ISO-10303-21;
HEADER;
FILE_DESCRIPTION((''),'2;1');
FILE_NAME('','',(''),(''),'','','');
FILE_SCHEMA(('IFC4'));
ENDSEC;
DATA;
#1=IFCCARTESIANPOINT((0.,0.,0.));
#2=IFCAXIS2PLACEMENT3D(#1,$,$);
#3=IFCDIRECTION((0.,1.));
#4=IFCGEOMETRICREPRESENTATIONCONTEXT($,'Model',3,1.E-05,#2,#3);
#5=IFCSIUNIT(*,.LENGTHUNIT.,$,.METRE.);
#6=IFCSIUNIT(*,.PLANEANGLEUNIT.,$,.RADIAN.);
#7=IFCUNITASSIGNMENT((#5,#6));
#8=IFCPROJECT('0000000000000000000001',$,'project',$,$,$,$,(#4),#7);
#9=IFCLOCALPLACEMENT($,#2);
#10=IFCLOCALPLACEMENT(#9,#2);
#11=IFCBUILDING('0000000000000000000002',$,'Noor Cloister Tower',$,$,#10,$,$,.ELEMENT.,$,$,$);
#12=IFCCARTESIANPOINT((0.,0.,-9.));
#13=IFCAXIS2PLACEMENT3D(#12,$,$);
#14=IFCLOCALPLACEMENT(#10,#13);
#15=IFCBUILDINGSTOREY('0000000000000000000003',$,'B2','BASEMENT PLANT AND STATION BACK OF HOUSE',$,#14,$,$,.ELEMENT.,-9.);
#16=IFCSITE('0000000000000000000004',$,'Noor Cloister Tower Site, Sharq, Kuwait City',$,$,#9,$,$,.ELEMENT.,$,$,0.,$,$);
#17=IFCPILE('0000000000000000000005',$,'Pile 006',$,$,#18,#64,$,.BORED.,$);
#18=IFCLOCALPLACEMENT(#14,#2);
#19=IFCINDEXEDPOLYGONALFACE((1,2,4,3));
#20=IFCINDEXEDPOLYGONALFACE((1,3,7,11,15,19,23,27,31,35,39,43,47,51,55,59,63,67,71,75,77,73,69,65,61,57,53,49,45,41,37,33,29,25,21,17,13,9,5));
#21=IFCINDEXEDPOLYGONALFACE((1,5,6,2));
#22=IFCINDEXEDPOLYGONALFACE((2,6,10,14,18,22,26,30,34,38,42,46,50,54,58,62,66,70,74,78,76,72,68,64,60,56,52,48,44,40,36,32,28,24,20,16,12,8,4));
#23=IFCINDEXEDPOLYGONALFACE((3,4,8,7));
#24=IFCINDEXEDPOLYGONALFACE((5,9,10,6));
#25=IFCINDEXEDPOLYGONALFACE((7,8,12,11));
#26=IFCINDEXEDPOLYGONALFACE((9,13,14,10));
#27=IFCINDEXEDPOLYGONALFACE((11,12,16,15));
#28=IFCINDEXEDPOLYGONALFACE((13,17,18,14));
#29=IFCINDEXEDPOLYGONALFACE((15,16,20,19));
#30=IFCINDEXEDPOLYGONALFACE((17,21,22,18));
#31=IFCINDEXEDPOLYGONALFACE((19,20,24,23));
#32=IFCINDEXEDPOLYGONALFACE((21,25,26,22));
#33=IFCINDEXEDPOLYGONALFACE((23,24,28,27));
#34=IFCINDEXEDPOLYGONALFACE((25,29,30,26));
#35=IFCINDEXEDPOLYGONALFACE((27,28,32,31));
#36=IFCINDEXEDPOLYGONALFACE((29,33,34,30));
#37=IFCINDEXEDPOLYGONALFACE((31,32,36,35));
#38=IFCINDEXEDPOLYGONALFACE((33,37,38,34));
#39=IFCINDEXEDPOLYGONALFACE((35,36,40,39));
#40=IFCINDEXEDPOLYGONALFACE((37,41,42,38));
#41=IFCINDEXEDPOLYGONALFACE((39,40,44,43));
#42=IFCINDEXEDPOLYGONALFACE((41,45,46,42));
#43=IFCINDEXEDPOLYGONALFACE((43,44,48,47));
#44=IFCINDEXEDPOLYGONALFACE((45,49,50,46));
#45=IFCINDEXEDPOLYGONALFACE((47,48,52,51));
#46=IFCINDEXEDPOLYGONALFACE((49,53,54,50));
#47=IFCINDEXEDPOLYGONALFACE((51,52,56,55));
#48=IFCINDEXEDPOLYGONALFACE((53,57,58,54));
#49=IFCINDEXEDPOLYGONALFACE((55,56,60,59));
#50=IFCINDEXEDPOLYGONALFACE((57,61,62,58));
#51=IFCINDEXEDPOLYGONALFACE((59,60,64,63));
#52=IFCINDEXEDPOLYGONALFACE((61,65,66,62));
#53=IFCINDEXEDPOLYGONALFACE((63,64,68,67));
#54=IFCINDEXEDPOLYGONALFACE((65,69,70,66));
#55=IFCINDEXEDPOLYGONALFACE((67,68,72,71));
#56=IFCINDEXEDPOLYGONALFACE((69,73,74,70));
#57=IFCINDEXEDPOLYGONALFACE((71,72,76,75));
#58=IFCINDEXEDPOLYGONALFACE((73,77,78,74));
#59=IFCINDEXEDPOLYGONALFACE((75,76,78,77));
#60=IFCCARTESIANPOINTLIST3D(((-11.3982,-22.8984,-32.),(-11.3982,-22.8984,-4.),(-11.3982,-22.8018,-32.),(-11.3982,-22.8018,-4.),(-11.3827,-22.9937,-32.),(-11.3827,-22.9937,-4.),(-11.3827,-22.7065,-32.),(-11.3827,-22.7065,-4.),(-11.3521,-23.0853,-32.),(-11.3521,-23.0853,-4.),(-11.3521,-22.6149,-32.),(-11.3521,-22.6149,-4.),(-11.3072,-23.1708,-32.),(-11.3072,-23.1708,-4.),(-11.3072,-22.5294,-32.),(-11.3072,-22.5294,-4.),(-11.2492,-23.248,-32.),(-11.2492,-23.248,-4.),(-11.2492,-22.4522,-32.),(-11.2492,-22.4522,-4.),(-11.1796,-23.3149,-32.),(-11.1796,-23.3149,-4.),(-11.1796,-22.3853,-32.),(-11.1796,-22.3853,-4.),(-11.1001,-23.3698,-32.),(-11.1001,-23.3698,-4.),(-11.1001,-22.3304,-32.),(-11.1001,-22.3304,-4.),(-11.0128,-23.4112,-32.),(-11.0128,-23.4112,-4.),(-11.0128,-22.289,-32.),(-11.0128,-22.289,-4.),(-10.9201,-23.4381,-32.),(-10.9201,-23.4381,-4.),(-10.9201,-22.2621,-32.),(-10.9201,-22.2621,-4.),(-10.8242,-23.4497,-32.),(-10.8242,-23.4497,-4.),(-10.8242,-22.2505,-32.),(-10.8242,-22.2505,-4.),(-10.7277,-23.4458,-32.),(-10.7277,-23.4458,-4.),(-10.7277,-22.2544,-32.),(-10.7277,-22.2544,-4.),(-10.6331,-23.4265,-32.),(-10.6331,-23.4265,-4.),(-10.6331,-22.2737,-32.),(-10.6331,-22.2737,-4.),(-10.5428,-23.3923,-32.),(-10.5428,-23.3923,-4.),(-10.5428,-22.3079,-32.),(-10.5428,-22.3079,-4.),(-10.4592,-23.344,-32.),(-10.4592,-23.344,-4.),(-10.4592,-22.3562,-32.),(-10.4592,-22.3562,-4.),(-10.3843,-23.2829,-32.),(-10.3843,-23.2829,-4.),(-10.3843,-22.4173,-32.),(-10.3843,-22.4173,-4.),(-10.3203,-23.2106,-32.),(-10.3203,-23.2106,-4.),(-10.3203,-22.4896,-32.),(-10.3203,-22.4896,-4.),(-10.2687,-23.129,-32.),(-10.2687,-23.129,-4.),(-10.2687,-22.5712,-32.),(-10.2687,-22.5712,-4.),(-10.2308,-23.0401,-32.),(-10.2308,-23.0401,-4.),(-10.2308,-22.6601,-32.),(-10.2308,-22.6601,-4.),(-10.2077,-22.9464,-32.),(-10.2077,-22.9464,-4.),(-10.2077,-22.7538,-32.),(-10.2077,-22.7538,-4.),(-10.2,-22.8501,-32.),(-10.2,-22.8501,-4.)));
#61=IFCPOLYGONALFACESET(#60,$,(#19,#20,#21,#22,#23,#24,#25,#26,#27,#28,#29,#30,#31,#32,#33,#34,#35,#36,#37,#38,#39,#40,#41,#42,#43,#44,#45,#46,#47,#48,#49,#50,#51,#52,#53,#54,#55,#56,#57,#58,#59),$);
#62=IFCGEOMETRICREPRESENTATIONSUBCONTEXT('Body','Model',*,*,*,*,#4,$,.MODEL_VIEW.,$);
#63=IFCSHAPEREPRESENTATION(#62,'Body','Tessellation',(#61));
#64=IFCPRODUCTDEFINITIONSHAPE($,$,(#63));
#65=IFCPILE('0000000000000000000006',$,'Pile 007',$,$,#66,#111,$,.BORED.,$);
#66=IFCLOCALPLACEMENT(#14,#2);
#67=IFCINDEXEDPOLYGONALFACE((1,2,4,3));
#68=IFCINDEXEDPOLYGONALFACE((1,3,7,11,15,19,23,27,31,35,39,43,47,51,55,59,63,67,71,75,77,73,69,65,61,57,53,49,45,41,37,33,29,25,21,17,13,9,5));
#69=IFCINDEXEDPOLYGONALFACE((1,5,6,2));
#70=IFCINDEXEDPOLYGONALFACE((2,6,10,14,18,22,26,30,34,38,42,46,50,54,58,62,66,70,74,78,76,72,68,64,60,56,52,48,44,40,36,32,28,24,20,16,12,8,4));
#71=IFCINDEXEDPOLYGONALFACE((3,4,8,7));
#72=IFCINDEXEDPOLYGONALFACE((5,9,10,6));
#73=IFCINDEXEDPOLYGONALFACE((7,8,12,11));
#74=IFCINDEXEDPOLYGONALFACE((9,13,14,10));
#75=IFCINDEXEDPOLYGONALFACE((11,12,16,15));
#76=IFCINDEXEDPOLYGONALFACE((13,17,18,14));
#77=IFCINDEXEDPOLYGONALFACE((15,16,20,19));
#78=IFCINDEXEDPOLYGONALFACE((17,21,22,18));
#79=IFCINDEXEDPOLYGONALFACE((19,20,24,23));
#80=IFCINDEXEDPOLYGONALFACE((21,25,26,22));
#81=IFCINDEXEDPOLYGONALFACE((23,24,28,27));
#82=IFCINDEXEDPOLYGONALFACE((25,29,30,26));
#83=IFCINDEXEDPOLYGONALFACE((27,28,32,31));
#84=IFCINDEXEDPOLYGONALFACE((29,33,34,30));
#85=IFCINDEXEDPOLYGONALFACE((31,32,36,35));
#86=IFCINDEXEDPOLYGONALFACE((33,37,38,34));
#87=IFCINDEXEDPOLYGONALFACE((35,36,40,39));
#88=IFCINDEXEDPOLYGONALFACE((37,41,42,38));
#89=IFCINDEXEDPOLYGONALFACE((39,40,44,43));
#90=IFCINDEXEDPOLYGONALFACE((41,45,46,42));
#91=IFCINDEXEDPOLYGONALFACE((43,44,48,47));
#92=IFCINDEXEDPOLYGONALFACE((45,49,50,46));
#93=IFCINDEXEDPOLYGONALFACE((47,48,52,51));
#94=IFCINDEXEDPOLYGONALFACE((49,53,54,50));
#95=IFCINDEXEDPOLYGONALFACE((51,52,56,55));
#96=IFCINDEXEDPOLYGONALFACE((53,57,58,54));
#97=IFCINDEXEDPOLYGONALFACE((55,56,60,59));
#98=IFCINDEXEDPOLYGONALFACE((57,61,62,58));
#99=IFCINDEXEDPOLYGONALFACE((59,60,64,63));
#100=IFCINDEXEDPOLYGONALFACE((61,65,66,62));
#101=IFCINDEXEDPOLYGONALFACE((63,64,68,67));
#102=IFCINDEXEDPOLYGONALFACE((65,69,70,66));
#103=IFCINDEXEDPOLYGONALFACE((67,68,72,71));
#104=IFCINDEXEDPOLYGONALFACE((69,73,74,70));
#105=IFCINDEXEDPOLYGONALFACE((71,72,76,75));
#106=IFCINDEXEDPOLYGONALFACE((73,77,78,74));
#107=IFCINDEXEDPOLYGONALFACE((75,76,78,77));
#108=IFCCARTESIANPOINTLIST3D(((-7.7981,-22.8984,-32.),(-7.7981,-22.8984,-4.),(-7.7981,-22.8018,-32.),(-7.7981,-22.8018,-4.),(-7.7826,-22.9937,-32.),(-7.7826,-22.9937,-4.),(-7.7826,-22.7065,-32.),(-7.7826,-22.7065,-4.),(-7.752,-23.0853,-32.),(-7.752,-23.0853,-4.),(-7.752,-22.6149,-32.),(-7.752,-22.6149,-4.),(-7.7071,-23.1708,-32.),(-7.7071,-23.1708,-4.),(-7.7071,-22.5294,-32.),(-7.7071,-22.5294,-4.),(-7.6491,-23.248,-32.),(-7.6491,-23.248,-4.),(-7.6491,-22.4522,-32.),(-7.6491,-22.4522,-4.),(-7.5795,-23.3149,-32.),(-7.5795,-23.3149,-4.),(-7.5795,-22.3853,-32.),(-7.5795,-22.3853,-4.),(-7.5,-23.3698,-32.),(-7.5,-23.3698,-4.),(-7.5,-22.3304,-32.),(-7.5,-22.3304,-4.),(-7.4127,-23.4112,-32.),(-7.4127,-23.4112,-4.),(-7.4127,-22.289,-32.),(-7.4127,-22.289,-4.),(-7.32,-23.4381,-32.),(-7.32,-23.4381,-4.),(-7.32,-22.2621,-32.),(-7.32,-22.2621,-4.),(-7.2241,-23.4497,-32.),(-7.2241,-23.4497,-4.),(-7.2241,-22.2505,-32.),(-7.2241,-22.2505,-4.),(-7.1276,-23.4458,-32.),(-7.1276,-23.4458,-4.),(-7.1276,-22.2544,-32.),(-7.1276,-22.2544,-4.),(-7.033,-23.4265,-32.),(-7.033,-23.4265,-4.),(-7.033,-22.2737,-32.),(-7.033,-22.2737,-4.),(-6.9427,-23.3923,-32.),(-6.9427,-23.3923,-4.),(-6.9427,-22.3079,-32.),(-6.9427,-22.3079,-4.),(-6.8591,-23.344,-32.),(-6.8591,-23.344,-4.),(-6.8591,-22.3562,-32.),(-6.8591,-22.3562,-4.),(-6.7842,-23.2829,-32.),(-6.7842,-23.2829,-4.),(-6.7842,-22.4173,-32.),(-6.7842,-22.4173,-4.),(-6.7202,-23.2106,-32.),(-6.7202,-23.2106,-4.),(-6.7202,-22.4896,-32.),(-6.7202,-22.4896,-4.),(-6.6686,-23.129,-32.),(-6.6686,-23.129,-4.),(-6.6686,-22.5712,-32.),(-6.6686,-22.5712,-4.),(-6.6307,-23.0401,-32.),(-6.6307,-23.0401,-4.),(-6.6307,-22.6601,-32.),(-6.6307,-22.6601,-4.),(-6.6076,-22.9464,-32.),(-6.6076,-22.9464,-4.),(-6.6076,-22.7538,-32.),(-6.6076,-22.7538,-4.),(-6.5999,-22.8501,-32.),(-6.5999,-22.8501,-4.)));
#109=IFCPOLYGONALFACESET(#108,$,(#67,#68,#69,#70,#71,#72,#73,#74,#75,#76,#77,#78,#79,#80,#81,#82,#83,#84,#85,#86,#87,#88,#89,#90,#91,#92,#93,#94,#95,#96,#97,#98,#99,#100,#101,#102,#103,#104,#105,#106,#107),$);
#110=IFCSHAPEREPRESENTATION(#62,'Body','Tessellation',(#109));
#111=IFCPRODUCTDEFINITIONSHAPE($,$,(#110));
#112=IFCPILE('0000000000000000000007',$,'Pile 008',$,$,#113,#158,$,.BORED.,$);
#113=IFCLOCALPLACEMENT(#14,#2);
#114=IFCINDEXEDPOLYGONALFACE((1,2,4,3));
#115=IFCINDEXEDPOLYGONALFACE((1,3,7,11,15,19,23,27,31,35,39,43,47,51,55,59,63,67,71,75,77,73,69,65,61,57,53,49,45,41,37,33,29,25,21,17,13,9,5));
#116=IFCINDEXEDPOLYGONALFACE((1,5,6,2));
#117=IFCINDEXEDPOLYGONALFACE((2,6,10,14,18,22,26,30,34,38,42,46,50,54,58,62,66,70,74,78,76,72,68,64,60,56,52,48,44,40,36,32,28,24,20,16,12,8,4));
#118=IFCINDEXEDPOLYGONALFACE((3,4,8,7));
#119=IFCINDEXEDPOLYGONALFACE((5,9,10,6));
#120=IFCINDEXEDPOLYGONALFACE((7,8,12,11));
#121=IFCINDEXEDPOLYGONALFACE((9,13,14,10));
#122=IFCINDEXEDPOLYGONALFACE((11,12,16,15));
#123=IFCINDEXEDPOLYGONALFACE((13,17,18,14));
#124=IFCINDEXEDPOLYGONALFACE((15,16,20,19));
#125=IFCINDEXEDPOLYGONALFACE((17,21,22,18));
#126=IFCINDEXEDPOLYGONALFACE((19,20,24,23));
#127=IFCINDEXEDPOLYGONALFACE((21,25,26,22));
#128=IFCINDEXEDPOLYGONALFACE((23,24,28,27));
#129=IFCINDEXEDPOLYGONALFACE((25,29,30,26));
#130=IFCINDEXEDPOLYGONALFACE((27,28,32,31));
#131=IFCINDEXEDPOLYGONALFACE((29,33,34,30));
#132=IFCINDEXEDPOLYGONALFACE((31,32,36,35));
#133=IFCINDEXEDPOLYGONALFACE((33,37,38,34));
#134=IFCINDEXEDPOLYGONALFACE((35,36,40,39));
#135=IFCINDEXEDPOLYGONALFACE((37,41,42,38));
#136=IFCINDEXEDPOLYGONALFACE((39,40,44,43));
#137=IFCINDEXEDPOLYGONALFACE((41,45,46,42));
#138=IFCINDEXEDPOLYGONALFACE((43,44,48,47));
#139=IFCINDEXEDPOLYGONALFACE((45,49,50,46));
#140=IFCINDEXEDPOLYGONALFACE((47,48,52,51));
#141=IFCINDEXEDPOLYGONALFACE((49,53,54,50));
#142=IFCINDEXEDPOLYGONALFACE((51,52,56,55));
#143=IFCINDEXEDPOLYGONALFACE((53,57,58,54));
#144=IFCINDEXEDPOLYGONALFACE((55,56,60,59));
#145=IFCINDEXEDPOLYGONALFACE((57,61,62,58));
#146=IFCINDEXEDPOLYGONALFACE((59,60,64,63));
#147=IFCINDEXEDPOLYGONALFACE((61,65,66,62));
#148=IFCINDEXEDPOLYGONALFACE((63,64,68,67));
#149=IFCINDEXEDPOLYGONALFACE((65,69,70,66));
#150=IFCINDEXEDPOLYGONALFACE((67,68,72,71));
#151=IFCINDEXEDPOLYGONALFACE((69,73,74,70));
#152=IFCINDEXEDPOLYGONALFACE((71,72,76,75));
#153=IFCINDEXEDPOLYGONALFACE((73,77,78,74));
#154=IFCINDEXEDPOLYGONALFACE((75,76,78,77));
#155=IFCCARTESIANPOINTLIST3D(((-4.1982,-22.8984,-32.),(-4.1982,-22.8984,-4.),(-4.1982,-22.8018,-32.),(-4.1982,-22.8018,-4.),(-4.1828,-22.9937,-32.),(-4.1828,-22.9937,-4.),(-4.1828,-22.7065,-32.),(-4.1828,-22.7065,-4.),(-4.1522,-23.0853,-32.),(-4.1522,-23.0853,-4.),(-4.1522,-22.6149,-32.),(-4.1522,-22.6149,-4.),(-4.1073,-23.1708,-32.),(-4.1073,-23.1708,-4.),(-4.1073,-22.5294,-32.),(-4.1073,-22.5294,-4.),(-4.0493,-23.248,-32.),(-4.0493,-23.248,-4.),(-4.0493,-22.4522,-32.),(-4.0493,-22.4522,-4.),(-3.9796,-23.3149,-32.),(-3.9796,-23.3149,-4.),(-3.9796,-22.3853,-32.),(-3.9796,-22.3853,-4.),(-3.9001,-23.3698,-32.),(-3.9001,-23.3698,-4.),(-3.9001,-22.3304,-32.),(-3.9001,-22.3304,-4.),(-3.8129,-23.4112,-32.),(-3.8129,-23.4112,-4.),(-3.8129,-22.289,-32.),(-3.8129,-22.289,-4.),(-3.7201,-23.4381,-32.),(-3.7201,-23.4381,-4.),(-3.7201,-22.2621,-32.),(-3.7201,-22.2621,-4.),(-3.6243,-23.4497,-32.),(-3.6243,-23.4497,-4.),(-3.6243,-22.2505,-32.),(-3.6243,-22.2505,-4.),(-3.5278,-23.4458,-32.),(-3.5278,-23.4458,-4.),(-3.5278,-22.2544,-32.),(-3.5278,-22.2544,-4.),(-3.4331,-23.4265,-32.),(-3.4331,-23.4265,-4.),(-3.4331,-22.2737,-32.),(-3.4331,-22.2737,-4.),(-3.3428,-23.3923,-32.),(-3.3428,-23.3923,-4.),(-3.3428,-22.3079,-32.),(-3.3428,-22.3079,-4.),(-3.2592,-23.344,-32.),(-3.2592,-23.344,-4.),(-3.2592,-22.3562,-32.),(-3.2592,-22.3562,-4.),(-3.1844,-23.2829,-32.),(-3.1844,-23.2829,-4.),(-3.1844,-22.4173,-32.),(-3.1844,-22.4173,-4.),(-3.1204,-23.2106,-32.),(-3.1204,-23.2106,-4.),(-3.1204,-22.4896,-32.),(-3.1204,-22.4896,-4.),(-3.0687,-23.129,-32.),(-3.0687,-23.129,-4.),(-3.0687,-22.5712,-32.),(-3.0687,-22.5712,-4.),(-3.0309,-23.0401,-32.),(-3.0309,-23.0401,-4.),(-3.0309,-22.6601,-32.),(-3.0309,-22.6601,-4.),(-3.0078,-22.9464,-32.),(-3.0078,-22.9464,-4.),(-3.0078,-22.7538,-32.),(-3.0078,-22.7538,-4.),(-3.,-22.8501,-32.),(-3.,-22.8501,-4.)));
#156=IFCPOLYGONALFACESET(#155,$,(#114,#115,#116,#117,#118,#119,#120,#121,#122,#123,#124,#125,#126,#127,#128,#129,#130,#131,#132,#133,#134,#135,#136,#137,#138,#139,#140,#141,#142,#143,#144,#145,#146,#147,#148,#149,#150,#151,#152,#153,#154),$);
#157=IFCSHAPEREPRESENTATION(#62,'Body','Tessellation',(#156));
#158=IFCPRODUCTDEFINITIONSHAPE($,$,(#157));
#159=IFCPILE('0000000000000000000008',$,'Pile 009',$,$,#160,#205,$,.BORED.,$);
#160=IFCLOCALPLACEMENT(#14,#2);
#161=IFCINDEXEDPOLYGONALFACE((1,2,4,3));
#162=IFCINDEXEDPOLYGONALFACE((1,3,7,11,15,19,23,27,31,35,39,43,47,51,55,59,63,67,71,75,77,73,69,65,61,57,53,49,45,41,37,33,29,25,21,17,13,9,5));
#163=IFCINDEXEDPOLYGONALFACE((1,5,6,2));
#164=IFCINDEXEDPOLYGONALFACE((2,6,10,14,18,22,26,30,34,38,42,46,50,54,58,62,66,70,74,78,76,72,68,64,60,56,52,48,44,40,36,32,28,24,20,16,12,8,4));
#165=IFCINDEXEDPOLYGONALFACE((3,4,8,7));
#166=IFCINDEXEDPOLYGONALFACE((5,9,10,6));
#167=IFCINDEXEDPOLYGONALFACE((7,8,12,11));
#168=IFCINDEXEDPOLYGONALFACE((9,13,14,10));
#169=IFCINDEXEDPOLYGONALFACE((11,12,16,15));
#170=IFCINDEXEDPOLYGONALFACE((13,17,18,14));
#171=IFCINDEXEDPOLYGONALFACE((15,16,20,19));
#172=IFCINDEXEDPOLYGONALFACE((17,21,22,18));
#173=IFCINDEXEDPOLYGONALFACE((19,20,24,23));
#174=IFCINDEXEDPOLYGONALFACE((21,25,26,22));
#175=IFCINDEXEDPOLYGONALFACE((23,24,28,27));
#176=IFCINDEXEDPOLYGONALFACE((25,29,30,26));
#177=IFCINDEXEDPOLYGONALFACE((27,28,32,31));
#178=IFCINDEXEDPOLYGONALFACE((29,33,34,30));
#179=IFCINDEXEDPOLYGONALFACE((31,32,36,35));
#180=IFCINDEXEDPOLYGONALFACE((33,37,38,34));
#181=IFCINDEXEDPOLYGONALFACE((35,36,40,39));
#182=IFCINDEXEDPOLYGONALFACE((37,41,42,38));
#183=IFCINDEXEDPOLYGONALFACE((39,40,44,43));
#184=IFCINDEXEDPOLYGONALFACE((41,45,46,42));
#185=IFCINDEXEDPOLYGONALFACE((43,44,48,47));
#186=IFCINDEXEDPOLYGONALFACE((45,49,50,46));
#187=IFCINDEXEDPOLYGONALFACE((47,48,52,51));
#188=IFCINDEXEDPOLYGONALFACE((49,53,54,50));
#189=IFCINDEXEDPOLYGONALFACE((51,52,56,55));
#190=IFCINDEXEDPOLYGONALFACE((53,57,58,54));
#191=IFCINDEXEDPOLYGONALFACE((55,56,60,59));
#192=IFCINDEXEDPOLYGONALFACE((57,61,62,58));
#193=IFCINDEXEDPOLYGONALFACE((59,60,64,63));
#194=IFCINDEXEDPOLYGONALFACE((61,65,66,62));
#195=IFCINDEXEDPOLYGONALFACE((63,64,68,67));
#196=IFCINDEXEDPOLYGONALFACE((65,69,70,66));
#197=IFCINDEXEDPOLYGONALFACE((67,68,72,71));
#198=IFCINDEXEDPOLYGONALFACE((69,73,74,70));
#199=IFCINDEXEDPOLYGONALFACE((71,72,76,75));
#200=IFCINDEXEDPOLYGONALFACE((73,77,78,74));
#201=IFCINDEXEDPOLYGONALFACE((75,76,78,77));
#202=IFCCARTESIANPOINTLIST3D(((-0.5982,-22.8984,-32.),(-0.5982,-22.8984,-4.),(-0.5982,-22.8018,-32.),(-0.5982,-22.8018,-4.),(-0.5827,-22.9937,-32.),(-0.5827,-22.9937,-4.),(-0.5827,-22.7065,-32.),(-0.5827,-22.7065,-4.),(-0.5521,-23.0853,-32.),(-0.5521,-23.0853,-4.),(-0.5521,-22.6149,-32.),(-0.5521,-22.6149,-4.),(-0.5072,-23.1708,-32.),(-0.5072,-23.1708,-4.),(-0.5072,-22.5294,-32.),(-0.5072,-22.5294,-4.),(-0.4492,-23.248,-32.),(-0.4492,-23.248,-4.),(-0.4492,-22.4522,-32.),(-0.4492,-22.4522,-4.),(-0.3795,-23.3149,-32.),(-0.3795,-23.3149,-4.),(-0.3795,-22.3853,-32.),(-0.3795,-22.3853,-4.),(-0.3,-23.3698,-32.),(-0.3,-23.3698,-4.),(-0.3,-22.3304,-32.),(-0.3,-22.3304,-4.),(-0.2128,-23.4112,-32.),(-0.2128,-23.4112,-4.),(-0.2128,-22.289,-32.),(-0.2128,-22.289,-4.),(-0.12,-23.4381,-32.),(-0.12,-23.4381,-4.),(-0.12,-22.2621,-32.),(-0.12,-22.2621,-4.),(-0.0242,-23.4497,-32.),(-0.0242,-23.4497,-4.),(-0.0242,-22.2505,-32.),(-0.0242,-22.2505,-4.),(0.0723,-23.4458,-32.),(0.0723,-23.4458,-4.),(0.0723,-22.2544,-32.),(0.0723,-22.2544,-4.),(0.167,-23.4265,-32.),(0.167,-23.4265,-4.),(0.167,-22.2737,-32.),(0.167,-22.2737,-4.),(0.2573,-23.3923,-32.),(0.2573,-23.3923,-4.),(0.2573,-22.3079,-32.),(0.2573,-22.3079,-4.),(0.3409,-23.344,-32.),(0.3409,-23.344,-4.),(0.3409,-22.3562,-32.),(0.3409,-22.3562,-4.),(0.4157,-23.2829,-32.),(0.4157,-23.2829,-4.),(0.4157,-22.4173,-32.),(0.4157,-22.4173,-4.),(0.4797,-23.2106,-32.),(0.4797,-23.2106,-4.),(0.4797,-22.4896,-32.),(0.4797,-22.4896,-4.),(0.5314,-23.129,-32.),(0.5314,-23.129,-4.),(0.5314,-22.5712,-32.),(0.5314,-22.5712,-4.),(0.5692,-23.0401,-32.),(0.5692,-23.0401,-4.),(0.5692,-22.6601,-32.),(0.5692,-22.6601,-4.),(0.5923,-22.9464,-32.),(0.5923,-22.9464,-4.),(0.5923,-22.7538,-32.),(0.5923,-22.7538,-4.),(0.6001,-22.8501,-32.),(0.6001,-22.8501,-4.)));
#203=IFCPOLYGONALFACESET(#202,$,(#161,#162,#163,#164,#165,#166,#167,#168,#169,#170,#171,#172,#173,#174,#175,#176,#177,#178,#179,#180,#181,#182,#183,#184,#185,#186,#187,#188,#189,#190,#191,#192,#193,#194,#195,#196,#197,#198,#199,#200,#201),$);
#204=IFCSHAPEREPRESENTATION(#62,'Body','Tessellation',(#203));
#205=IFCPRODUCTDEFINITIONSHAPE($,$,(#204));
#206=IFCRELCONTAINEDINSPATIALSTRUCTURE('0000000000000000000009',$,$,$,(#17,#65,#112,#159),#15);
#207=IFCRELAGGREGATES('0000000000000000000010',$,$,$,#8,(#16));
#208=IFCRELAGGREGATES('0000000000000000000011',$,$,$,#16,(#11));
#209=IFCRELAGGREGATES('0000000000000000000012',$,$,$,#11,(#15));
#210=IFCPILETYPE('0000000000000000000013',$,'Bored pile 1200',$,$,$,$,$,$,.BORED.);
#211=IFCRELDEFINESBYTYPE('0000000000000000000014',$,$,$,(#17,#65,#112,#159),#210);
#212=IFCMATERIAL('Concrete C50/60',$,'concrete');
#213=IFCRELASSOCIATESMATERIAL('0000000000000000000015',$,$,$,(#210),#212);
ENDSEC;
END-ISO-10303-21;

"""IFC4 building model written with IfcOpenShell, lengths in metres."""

from ifc_helpers import new_model, si_unit, direction, frame, origin, origin_2d, place, context, subcontext, project, spatial, circle, extrude, material, material_profile, profile_set, type_object, element, save


model = new_model("IFC4")

# Units and contexts
model_context = context("Model", 3, precision=1e-05, world=origin(), true_north=direction((0.0, 1.0)))
body_context = subcontext(model_context, "Body", "Model", "MODEL_VIEW")
ifc_project = project(units=[si_unit("LENGTHUNIT", "METRE"), si_unit("PLANEANGLEUNIT", "RADIAN")], contexts=[model_context])

# Site, building, storey
site_placement = place(None, origin())
site = spatial("IfcSite", under=ifc_project, at=site_placement, Name="Noor Cloister Tower Site, Sharq, Kuwait City", CompositionType="ELEMENT", RefElevation=0.0)
building_placement = place(site_placement, origin())
building = spatial("IfcBuilding", under=site, at=building_placement, Name="Noor Cloister Tower", CompositionType="ELEMENT")
storey_placement = place(building_placement, frame((0.0, 0.0, -9.0)))
storey = spatial("IfcBuildingStorey", under=building, at=storey_placement, Name="B2", Description="BASEMENT PLANT AND STATION BACK OF HOUSE", CompositionType="ELEMENT", Elevation=-9.0)

# Piles
ifc_material_1 = material(Name="Concrete C50/60", Category="concrete")
ifc_material_profile_1 = material_profile(ifc_material_1, circle(Radius=0.6001, at=origin_2d()), Name="Bored pile 1200")
ifc_profile_set_1 = profile_set([ifc_material_profile_1], Name="Concrete C50/60")
pile_type = type_object("IfcPileType", Name="Bored pile 1200", PredefinedType="BORED", material=ifc_profile_set_1)
for number, where, z_axis, x_axis, name in (
    (1, (-10.8, -22.8501, -4.0), (0.0, 0.0, -1.0), (1.0, 0.0, 0.0), "Pile 006"),
    (2, (-7.2, -22.8501, -4.0), (0.0, 0.0, -1.0), (1.0, 0.0, 0.0), "Pile 007"),
    (3, (-3.6001, -22.8501, -4.0), (0.0, 0.0, -1.0), (1.0, 0.0, 0.0), "Pile 008"),
    (4, (0.0, -22.8501, -4.0), (0.0, 0.0, -1.0), (1.0, 0.0, 0.0), "Pile 009"),
):
    element("IfcPile", number, at=place(storey_placement, frame(where, z_axis=z_axis, x_axis=x_axis)), inside=storey, type_object=pile_type, Name=name, PredefinedType="BORED", context=body_context, shape_type="SweptSolid", body=[
        extrude(circle(Radius=0.6001, at=origin_2d()), origin(), (0.0, 0.0, 1.0), 28.0),
    ])

save(model, "model.ifc")
